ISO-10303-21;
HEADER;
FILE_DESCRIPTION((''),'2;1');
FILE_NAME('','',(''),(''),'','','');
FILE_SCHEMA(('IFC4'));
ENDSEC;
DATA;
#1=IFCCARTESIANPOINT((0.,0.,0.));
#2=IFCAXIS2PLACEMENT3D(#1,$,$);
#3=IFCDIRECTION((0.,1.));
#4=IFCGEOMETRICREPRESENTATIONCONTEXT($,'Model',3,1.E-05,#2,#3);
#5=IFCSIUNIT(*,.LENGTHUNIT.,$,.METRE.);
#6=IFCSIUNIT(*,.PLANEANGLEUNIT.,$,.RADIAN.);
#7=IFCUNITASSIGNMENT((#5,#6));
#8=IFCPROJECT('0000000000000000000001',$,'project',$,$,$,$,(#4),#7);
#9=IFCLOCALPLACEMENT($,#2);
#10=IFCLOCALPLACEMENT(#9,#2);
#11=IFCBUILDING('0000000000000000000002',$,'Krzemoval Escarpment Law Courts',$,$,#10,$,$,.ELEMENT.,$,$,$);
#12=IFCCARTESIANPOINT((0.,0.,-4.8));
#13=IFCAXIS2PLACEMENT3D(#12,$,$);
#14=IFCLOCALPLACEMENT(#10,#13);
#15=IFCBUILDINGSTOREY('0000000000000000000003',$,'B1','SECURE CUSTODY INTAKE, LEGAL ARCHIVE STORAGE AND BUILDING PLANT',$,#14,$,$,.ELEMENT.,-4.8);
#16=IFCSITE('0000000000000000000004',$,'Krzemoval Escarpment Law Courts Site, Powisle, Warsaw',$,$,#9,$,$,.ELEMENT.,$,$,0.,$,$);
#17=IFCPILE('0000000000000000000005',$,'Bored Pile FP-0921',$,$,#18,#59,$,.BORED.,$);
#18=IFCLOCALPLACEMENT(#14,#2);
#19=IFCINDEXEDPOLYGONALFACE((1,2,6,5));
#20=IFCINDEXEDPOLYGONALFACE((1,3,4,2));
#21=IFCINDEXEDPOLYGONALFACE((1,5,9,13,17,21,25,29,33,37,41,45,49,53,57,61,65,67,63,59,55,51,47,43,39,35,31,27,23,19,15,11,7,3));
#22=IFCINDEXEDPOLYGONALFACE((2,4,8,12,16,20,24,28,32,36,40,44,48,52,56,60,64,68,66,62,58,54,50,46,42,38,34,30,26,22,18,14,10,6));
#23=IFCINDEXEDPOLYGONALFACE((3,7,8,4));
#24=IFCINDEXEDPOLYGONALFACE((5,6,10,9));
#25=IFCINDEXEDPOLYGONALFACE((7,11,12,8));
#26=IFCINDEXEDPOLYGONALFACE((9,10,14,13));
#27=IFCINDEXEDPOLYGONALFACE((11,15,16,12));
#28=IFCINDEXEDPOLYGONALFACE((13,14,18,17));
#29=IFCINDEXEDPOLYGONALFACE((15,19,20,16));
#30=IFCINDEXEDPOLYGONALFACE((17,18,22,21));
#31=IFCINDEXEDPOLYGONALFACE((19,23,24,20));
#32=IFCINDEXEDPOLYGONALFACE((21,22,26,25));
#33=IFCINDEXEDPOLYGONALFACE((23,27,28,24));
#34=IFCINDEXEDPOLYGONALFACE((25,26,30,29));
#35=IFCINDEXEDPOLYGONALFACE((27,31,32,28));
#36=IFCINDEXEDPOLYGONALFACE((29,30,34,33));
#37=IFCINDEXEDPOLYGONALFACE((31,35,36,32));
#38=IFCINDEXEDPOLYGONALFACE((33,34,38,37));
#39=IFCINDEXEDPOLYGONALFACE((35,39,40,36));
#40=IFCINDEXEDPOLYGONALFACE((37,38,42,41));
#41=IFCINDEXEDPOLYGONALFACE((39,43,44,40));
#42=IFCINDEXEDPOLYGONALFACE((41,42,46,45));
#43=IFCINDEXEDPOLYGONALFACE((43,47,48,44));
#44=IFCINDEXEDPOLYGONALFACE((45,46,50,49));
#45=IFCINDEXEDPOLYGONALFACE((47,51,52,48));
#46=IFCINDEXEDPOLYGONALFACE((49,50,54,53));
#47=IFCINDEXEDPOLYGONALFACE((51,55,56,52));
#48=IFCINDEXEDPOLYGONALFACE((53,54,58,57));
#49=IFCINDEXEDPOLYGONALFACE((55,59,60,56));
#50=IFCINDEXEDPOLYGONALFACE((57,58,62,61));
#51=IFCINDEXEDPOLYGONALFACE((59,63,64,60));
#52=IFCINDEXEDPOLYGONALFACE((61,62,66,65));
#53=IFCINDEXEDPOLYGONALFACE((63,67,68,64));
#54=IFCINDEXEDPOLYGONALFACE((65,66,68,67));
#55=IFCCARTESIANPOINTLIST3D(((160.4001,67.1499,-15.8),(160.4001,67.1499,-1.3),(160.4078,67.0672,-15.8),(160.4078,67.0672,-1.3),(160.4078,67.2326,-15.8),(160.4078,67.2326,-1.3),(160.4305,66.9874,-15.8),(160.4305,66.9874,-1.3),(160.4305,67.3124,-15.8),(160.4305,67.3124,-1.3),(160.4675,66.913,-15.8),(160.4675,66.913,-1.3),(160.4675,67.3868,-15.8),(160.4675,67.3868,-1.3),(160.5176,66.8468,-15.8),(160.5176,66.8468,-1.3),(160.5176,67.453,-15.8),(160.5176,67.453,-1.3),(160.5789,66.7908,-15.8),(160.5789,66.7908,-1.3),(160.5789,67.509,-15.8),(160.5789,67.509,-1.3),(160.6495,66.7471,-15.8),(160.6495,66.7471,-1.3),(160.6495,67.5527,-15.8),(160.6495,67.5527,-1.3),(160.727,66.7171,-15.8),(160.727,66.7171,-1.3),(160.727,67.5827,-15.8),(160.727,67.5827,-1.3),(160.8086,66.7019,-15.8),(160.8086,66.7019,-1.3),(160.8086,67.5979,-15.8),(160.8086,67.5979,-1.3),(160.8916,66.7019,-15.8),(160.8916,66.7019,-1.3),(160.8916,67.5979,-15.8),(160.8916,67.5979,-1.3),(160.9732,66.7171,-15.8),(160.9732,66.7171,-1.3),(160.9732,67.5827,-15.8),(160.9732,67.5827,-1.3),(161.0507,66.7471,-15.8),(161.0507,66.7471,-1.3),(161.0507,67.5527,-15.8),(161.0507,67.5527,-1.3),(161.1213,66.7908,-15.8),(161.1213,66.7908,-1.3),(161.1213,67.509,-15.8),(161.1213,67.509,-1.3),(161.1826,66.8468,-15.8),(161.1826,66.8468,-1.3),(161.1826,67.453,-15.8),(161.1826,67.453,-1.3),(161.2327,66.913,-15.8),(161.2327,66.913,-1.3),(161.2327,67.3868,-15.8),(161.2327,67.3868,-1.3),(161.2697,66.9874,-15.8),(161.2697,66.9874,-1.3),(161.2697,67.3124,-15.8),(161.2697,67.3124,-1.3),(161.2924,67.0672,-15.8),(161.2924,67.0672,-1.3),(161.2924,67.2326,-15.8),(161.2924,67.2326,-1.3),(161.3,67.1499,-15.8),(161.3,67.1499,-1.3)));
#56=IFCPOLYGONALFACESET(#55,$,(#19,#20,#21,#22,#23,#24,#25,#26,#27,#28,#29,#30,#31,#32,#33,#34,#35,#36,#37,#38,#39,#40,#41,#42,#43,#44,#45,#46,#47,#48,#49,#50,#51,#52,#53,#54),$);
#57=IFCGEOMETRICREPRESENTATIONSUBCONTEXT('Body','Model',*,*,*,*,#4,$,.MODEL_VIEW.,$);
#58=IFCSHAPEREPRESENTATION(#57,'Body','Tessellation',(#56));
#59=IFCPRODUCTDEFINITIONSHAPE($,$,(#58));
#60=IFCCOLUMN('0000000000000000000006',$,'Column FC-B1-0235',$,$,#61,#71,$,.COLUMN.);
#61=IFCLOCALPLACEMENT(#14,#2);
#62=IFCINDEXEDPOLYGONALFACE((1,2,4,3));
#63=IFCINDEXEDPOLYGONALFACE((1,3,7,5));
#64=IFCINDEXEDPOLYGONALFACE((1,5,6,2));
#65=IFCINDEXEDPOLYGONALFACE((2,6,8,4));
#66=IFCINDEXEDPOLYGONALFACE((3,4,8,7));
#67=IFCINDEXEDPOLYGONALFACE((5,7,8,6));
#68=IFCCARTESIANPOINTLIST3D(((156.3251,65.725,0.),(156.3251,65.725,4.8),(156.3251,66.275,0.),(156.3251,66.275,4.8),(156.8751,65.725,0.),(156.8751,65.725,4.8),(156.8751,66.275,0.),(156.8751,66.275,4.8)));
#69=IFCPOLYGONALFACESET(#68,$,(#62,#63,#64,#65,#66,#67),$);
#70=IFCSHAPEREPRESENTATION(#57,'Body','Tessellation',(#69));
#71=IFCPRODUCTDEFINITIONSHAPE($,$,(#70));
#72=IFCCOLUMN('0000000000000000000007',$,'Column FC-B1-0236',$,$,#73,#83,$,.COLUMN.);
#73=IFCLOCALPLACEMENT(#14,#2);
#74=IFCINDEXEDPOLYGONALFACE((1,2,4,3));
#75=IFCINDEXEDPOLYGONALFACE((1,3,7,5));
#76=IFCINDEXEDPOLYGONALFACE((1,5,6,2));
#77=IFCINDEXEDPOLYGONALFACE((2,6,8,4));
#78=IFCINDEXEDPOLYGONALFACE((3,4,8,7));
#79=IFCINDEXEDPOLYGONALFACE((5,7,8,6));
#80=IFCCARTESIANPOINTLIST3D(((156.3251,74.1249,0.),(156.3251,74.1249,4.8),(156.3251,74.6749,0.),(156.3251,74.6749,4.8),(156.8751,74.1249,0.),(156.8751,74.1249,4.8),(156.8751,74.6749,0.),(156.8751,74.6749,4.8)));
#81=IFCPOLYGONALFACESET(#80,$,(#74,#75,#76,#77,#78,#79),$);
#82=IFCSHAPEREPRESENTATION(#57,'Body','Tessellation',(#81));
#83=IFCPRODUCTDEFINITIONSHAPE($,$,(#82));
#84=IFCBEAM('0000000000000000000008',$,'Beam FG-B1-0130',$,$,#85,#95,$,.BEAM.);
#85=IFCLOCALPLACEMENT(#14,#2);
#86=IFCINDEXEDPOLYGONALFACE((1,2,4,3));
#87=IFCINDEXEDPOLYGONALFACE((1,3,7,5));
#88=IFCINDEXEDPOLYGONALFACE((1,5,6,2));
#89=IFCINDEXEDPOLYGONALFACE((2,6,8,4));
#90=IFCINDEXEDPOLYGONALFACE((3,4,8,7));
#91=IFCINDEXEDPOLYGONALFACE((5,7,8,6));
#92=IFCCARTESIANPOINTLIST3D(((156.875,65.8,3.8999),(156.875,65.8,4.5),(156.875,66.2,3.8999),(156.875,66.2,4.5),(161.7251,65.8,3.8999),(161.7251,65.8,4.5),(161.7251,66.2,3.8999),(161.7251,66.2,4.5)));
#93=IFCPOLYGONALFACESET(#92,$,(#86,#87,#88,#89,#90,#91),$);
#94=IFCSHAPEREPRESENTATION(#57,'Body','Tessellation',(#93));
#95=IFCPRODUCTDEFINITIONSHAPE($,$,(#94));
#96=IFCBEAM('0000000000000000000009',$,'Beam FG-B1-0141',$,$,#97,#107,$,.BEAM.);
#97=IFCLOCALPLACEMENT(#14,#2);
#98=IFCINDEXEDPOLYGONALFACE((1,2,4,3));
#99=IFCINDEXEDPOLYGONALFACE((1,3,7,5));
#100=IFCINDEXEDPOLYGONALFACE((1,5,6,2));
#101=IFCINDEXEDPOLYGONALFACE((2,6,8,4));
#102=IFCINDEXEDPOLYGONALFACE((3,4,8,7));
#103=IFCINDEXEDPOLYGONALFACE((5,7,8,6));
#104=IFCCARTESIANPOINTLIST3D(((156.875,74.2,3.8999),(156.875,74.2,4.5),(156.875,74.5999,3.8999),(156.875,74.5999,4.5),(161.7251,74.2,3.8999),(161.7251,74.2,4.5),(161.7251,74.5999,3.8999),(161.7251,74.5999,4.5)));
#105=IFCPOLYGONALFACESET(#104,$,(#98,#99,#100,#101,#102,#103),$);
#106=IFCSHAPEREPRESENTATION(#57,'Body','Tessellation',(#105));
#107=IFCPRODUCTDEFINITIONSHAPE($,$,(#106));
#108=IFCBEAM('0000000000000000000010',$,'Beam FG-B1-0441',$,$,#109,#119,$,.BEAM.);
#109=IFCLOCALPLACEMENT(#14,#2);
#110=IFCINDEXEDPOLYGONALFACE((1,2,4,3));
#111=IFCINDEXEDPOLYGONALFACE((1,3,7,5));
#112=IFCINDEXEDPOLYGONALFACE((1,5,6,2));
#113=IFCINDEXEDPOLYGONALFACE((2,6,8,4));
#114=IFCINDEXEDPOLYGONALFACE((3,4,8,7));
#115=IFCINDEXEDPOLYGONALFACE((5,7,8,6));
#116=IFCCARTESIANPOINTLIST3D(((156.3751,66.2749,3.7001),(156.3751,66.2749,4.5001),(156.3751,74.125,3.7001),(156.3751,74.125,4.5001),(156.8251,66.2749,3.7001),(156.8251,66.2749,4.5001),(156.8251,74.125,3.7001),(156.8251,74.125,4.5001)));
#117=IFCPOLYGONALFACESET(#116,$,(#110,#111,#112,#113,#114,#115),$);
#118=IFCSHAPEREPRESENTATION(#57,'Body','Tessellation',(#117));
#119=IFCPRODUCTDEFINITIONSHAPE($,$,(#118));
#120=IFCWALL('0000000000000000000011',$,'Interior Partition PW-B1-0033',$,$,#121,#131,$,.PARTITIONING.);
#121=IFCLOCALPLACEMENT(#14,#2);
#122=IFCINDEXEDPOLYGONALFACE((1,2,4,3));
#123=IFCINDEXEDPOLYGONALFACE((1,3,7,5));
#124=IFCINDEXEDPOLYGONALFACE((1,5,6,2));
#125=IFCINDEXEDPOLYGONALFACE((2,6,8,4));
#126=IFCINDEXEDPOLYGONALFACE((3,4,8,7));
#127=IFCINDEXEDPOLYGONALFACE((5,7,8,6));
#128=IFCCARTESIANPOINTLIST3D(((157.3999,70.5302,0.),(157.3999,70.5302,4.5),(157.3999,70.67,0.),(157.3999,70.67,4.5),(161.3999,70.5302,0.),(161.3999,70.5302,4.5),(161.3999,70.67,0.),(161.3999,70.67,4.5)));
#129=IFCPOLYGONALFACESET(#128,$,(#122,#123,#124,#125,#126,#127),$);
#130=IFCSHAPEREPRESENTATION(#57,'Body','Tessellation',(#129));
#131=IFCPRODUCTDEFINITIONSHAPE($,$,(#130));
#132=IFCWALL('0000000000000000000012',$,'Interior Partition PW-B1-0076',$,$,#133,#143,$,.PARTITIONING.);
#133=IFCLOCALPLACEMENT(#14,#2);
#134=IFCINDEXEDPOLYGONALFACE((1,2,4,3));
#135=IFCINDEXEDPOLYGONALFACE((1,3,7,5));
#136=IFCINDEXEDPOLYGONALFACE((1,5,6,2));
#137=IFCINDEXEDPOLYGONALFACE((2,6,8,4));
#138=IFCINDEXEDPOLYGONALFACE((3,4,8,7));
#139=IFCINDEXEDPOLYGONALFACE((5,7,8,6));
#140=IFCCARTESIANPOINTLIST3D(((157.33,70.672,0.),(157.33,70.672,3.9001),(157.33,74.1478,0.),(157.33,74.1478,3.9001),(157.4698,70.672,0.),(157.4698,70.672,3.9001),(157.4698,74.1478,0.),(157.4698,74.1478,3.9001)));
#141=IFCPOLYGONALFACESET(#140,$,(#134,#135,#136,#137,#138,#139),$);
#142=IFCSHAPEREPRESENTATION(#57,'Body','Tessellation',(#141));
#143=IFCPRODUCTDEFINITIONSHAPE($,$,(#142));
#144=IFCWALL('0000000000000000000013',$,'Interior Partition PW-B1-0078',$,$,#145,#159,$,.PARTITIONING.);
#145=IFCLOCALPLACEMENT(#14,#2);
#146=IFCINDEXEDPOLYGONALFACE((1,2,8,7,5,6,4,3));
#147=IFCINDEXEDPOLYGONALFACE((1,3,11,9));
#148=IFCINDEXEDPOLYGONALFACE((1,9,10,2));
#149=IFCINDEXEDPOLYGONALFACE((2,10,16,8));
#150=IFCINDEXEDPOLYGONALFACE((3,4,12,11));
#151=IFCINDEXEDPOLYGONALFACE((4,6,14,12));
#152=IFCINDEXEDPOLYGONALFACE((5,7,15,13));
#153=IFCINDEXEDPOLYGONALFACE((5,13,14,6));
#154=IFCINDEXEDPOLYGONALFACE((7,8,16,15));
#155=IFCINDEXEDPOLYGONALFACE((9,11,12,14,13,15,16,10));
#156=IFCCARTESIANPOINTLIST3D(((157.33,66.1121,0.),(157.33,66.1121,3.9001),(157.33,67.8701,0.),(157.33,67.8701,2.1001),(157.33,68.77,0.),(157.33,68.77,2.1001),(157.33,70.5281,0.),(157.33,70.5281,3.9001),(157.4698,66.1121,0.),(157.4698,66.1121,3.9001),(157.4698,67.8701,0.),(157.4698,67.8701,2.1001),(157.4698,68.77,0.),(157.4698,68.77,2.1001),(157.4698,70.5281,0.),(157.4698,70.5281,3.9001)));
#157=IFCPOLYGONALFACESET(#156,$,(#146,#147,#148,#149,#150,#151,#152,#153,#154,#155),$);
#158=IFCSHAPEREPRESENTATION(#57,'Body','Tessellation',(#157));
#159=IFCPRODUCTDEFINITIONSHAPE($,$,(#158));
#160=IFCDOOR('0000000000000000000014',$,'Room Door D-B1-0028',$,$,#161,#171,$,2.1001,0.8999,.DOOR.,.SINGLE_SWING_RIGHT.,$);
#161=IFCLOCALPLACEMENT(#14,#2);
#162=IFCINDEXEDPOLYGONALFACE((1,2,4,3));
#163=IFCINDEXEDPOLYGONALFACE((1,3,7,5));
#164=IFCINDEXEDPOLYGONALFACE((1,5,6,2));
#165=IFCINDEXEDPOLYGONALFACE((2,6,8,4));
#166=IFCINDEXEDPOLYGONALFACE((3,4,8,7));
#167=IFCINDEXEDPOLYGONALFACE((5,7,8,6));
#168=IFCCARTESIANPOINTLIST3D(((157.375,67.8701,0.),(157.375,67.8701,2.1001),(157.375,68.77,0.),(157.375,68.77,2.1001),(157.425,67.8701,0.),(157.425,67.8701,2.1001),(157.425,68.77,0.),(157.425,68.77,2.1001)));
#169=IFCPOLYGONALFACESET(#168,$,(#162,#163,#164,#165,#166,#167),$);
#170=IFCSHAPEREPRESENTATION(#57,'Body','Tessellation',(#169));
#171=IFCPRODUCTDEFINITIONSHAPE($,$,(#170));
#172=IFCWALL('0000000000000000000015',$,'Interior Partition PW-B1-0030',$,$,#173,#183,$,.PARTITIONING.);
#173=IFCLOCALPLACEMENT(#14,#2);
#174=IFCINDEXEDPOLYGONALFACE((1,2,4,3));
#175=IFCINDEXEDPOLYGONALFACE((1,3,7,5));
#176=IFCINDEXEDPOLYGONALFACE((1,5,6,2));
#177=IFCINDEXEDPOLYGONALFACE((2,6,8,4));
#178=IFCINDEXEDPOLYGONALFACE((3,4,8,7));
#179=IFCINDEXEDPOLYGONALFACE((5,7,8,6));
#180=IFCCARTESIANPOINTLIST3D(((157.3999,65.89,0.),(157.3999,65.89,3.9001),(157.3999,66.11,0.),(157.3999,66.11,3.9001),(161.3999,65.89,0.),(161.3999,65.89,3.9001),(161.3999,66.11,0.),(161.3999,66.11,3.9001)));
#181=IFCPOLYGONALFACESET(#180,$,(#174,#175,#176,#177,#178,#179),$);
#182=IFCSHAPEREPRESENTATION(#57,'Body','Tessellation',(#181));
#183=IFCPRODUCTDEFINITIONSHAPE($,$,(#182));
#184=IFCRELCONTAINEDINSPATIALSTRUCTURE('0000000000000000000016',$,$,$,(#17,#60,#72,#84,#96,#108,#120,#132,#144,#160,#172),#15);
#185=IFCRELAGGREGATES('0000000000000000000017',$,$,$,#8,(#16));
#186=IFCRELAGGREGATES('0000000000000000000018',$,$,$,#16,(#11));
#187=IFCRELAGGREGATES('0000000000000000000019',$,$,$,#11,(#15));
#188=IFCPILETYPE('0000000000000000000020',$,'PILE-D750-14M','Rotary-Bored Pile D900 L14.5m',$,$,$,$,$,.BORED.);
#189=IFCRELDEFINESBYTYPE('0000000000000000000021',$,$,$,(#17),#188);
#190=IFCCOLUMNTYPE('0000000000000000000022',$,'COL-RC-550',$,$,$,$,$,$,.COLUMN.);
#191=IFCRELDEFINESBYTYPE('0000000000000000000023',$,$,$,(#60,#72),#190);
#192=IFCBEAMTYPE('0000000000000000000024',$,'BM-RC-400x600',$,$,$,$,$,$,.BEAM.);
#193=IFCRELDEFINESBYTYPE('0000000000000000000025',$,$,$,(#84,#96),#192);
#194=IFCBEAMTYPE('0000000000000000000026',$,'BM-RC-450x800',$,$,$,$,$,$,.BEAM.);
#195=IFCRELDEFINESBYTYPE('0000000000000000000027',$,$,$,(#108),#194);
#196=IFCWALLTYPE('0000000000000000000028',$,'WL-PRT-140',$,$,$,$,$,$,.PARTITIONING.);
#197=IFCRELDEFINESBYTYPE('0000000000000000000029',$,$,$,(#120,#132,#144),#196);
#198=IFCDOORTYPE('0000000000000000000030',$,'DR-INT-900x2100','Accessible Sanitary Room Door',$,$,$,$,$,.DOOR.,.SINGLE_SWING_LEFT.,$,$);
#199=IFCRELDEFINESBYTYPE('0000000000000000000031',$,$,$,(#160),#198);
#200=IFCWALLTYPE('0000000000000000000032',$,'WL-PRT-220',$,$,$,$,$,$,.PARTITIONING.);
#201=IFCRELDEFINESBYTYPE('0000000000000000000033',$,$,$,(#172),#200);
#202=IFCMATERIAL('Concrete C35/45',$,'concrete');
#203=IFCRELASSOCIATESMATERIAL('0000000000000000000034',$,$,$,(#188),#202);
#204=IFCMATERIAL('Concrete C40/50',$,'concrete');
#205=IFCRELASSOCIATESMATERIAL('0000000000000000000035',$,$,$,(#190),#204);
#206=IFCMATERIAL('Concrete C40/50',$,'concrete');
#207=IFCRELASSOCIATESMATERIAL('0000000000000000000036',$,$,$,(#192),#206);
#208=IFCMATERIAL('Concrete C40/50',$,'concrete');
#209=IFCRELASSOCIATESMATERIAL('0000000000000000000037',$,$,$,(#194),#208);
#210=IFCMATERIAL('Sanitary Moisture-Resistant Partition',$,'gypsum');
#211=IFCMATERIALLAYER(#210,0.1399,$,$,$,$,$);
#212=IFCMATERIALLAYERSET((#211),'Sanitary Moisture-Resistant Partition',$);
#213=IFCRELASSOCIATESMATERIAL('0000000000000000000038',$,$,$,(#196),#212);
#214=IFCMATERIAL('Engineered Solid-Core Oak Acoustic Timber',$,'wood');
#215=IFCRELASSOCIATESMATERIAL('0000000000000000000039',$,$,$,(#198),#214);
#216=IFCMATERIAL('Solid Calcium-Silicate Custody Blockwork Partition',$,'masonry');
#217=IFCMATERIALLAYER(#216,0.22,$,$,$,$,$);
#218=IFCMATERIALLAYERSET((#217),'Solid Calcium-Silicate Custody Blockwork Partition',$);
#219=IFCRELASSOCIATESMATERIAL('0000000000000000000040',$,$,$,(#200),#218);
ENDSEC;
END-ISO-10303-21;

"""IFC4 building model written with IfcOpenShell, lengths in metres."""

from ifc_helpers import new_model, si_unit, direction, frame, frame_2d, origin, origin_2d, place, context, subcontext, project, spatial, rectangle, circle, extrude, material, layer, layer_set, material_profile, profile_set, type_object, element, fill, save


model = new_model("IFC4")

# Units and contexts
model_context = context("Model", 3, precision=1e-05, world=origin(), true_north=direction((0.0, 1.0)))
body_context = subcontext(model_context, "Body", "Model", "MODEL_VIEW")
ifc_project = project(units=[si_unit("LENGTHUNIT", "METRE"), si_unit("PLANEANGLEUNIT", "RADIAN")], contexts=[model_context])

# Site, building, storey
site_placement = place(None, origin())
site = spatial("IfcSite", under=ifc_project, at=site_placement, Name="Krzemoval Escarpment Law Courts Site, Powisle, Warsaw", CompositionType="ELEMENT", RefElevation=0.0)
building_placement = place(site_placement, origin())
building = spatial("IfcBuilding", under=site, at=building_placement, Name="Krzemoval Escarpment Law Courts", CompositionType="ELEMENT")
storey_placement = place(building_placement, frame((0.0, 0.0, -4.8)))
storey = spatial("IfcBuildingStorey", under=building, at=storey_placement, Name="B1", Description="SECURE CUSTODY INTAKE, LEGAL ARCHIVE STORAGE AND BUILDING PLANT", CompositionType="ELEMENT", Elevation=-4.8)

# Pile
ifc_material_1 = material(Name="Concrete C35/45", Category="concrete")
ifc_material_profile_1 = material_profile(ifc_material_1, circle(Radius=0.45, at=origin_2d()), Name="PILE D900")
ifc_profile_set_1 = profile_set([ifc_material_profile_1], Name="Concrete C35/45")
pile_type = type_object("IfcPileType", Name="PILE-D750-14M", Description="Rotary-Bored Pile D900 L14.5m", PredefinedType="BORED", material=ifc_profile_set_1)
for number, where, z_axis, x_axis, name in (
    (1, (160.8501, 67.1499, -1.3), (0.0, 0.0, -1.0), (1.0, 0.0, 0.0), "Bored Pile FP-0921"),
):
    element("IfcPile", number, at=place(storey_placement, frame(where, z_axis=z_axis, x_axis=x_axis)), inside=storey, type_object=pile_type, Name=name, PredefinedType="BORED", context=body_context, shape_type="SweptSolid", body=[
        extrude(circle(Radius=0.45, at=origin_2d()), origin(), (0.0, 0.0, 1.0), 14.5),
    ])

# Columns
ifc_material_2 = material(Name="Concrete C40/50", Category="concrete")
ifc_material_profile_2 = material_profile(ifc_material_2, rectangle(XDim=0.55, YDim=0.55, at=origin_2d()), Name="RC 550x550")
ifc_profile_set_2 = profile_set([ifc_material_profile_2], Name="Concrete C40/50")
column_type = type_object("IfcColumnType", Name="COL-RC-550", PredefinedType="COLUMN", material=ifc_profile_set_2)
for number, where, z_axis, x_axis, name in (
    (2, (156.6001, 66.0, 0.0), (0.0, 0.0, 1.0), (1.0, 0.0, 0.0), "Column FC-B1-0235"),
    (3, (156.6001, 74.3999, 0.0), (0.0, 0.0, 1.0), (1.0, 0.0, 0.0), "Column FC-B1-0236"),
):
    element("IfcColumn", number, at=place(storey_placement, frame(where, z_axis=z_axis, x_axis=x_axis)), inside=storey, type_object=column_type, Name=name, PredefinedType="COLUMN", context=body_context, shape_type="SweptSolid", body=[
        extrude(rectangle(XDim=0.55, YDim=0.55, at=origin_2d()), origin(), (0.0, 0.0, 1.0), 4.8),
    ])

# Beams
ifc_material_3 = material(Name="Concrete C40/50", Category="concrete")
ifc_material_profile_3 = material_profile(ifc_material_3, rectangle(XDim=0.3999, YDim=0.6001, at=origin_2d()), Name="RCB 400x600")
ifc_profile_set_3 = profile_set([ifc_material_profile_3], Name="Concrete C40/50")
beam_type_1 = type_object("IfcBeamType", Name="BM-RC-400x600", PredefinedType="BEAM", material=ifc_profile_set_3)
for number, where, z_axis, x_axis, name in (
    (4, (156.875, 66.0, 4.2), (1.0, 0.0, 0.0), (0.0, 1.0, 0.0), "Beam FG-B1-0130"),
    (5, (156.875, 74.3999, 4.2), (1.0, 0.0, 0.0), (0.0, 1.0, 0.0), "Beam FG-B1-0141"),
):
    element("IfcBeam", number, at=place(storey_placement, frame(where, z_axis=z_axis, x_axis=x_axis)), inside=storey, type_object=beam_type_1, Name=name, PredefinedType="BEAM", context=body_context, shape_type="SweptSolid", body=[
        extrude(rectangle(XDim=0.3999, YDim=0.6001, at=origin_2d()), origin(), (0.0, 0.0, 1.0), 4.8501),
    ])
ifc_material_4 = material(Name="Concrete C40/50", Category="concrete")
ifc_material_profile_4 = material_profile(ifc_material_4, rectangle(XDim=0.45, YDim=0.8, at=origin_2d()), Name="RCB 450x800")
ifc_profile_set_4 = profile_set([ifc_material_profile_4], Name="Concrete C40/50")
beam_type_2 = type_object("IfcBeamType", Name="BM-RC-450x800", PredefinedType="BEAM", material=ifc_profile_set_4)
beam_placement = place(storey_placement, frame((156.6001, 66.2749, 4.1001), z_axis=(0.0, 1.0, 0.0), x_axis=(-1.0, 0.0, 0.0)))
element("IfcBeam", 6, at=beam_placement, inside=storey, type_object=beam_type_2, Name="Beam FG-B1-0441", PredefinedType="BEAM", context=body_context, shape_type="SweptSolid", body=[
    extrude(rectangle(XDim=0.45, YDim=0.8, at=origin_2d()), origin(), (0.0, 0.0, 1.0), 7.8501),
])

# Walls
ifc_material_5 = material(Name="Sanitary Moisture-Resistant Partition", Category="gypsum")
ifc_layer_1 = layer(ifc_material_5, 0.1399)
ifc_layer_set_1 = layer_set([ifc_layer_1], Name="Sanitary Moisture-Resistant Partition")
wall_type_1 = type_object("IfcWallType", Name="WL-PRT-140", PredefinedType="PARTITIONING", material=ifc_layer_set_1)
wall_1_placement = place(storey_placement, frame((157.3999, 70.6001, 0.0), z_axis=(0.0, 0.0, 1.0), x_axis=(1.0, 0.0, 0.0)))
element("IfcWall", 7, at=wall_1_placement, inside=storey, type_object=wall_type_1, Name="Interior Partition PW-B1-0033", PredefinedType="PARTITIONING", context=body_context, shape_type="SweptSolid", body=[
    extrude(rectangle(XDim=4.0, YDim=0.1399, at=frame_2d((2.0, 0.0))), origin(), (0.0, 0.0, 1.0), 4.5),
])
wall_2_placement = place(storey_placement, frame((157.3999, 70.6721, 0.0), z_axis=(0.0, 0.0, 1.0), x_axis=(0.0, 1.0, 0.0)))
element("IfcWall", 8, at=wall_2_placement, inside=storey, type_object=wall_type_1, Name="Interior Partition PW-B1-0076", PredefinedType="PARTITIONING", context=body_context, shape_type="SweptSolid", body=[
    extrude(rectangle(XDim=3.4758, YDim=0.1399, at=frame_2d((1.7378, 0.0))), origin(), (0.0, 0.0, 1.0), 3.9001),
])

# Wall, opening, door
wall_3_placement = place(storey_placement, frame((157.3999, 66.1121, 0.0), z_axis=(0.0, 0.0, 1.0), x_axis=(0.0, 1.0, 0.0)))
wall_3 = element("IfcWall", 9, at=wall_3_placement, inside=storey, type_object=wall_type_1, Name="Interior Partition PW-B1-0078", PredefinedType="PARTITIONING", context=body_context, shape_type="SweptSolid", body=[
    extrude(rectangle(XDim=4.416, YDim=0.1399, at=frame_2d((2.208, 0.0))), origin(), (0.0, 0.0, 1.0), 3.9001),
])
opening_placement = place(wall_3_placement, frame((1.7581, 0.0, 0.0)))
opening = element("IfcOpeningElement", 10, at=opening_placement, cuts=wall_3, PredefinedType="OPENING", context=body_context, shape_type="SweptSolid", body=[
    extrude(rectangle(XDim=0.8999, YDim=2.1001, at=frame_2d((0.45, 1.05))), frame((0.0, 0.0849, 0.0), z_axis=(0.0, -1.0, 0.0), x_axis=(1.0, 0.0, 0.0)), (0.0, 0.0, 1.0), 0.1699),
])
ifc_material_6 = material(Name="Engineered Solid-Core Oak Acoustic Timber", Category="wood")
door_type = type_object("IfcDoorType", Name="DR-INT-900x2100", Description="Accessible Sanitary Room Door", OperationType="SINGLE_SWING_LEFT", PredefinedType="DOOR", material=ifc_material_6)
door_placement = place(opening_placement, origin())
door = element("IfcDoor", 11, at=door_placement, inside=storey, type_object=door_type, Name="Room Door D-B1-0028", OperationType="SINGLE_SWING_RIGHT", OverallHeight=2.1001, OverallWidth=0.8999, PredefinedType="DOOR", context=body_context, shape_type="SweptSolid", body=[
    extrude(rectangle(XDim=0.8999, YDim=2.1001, at=frame_2d((0.45, 1.05))), frame((0.0, 0.0249, 0.0), z_axis=(0.0, -1.0, 0.0), x_axis=(1.0, 0.0, 0.0)), (0.0, 0.0, 1.0), 0.05),
])
fill(opening, door)

# Wall
ifc_material_7 = material(Name="Solid Calcium-Silicate Custody Blockwork Partition", Category="masonry")
ifc_layer_2 = layer(ifc_material_7, 0.22)
ifc_layer_set_2 = layer_set([ifc_layer_2], Name="Solid Calcium-Silicate Custody Blockwork Partition")
wall_type_2 = type_object("IfcWallType", Name="WL-PRT-220", PredefinedType="PARTITIONING", material=ifc_layer_set_2)
wall_4_placement = place(storey_placement, frame((157.3999, 66.0, 0.0), z_axis=(0.0, 0.0, 1.0), x_axis=(1.0, 0.0, 0.0)))
element("IfcWall", 12, at=wall_4_placement, inside=storey, type_object=wall_type_2, Name="Interior Partition PW-B1-0030", PredefinedType="PARTITIONING", context=body_context, shape_type="SweptSolid", body=[
    extrude(rectangle(XDim=4.0, YDim=0.22, at=frame_2d((2.0, 0.0))), origin(), (0.0, 0.0, 1.0), 3.9001),
])

save(model, "model.ifc")
